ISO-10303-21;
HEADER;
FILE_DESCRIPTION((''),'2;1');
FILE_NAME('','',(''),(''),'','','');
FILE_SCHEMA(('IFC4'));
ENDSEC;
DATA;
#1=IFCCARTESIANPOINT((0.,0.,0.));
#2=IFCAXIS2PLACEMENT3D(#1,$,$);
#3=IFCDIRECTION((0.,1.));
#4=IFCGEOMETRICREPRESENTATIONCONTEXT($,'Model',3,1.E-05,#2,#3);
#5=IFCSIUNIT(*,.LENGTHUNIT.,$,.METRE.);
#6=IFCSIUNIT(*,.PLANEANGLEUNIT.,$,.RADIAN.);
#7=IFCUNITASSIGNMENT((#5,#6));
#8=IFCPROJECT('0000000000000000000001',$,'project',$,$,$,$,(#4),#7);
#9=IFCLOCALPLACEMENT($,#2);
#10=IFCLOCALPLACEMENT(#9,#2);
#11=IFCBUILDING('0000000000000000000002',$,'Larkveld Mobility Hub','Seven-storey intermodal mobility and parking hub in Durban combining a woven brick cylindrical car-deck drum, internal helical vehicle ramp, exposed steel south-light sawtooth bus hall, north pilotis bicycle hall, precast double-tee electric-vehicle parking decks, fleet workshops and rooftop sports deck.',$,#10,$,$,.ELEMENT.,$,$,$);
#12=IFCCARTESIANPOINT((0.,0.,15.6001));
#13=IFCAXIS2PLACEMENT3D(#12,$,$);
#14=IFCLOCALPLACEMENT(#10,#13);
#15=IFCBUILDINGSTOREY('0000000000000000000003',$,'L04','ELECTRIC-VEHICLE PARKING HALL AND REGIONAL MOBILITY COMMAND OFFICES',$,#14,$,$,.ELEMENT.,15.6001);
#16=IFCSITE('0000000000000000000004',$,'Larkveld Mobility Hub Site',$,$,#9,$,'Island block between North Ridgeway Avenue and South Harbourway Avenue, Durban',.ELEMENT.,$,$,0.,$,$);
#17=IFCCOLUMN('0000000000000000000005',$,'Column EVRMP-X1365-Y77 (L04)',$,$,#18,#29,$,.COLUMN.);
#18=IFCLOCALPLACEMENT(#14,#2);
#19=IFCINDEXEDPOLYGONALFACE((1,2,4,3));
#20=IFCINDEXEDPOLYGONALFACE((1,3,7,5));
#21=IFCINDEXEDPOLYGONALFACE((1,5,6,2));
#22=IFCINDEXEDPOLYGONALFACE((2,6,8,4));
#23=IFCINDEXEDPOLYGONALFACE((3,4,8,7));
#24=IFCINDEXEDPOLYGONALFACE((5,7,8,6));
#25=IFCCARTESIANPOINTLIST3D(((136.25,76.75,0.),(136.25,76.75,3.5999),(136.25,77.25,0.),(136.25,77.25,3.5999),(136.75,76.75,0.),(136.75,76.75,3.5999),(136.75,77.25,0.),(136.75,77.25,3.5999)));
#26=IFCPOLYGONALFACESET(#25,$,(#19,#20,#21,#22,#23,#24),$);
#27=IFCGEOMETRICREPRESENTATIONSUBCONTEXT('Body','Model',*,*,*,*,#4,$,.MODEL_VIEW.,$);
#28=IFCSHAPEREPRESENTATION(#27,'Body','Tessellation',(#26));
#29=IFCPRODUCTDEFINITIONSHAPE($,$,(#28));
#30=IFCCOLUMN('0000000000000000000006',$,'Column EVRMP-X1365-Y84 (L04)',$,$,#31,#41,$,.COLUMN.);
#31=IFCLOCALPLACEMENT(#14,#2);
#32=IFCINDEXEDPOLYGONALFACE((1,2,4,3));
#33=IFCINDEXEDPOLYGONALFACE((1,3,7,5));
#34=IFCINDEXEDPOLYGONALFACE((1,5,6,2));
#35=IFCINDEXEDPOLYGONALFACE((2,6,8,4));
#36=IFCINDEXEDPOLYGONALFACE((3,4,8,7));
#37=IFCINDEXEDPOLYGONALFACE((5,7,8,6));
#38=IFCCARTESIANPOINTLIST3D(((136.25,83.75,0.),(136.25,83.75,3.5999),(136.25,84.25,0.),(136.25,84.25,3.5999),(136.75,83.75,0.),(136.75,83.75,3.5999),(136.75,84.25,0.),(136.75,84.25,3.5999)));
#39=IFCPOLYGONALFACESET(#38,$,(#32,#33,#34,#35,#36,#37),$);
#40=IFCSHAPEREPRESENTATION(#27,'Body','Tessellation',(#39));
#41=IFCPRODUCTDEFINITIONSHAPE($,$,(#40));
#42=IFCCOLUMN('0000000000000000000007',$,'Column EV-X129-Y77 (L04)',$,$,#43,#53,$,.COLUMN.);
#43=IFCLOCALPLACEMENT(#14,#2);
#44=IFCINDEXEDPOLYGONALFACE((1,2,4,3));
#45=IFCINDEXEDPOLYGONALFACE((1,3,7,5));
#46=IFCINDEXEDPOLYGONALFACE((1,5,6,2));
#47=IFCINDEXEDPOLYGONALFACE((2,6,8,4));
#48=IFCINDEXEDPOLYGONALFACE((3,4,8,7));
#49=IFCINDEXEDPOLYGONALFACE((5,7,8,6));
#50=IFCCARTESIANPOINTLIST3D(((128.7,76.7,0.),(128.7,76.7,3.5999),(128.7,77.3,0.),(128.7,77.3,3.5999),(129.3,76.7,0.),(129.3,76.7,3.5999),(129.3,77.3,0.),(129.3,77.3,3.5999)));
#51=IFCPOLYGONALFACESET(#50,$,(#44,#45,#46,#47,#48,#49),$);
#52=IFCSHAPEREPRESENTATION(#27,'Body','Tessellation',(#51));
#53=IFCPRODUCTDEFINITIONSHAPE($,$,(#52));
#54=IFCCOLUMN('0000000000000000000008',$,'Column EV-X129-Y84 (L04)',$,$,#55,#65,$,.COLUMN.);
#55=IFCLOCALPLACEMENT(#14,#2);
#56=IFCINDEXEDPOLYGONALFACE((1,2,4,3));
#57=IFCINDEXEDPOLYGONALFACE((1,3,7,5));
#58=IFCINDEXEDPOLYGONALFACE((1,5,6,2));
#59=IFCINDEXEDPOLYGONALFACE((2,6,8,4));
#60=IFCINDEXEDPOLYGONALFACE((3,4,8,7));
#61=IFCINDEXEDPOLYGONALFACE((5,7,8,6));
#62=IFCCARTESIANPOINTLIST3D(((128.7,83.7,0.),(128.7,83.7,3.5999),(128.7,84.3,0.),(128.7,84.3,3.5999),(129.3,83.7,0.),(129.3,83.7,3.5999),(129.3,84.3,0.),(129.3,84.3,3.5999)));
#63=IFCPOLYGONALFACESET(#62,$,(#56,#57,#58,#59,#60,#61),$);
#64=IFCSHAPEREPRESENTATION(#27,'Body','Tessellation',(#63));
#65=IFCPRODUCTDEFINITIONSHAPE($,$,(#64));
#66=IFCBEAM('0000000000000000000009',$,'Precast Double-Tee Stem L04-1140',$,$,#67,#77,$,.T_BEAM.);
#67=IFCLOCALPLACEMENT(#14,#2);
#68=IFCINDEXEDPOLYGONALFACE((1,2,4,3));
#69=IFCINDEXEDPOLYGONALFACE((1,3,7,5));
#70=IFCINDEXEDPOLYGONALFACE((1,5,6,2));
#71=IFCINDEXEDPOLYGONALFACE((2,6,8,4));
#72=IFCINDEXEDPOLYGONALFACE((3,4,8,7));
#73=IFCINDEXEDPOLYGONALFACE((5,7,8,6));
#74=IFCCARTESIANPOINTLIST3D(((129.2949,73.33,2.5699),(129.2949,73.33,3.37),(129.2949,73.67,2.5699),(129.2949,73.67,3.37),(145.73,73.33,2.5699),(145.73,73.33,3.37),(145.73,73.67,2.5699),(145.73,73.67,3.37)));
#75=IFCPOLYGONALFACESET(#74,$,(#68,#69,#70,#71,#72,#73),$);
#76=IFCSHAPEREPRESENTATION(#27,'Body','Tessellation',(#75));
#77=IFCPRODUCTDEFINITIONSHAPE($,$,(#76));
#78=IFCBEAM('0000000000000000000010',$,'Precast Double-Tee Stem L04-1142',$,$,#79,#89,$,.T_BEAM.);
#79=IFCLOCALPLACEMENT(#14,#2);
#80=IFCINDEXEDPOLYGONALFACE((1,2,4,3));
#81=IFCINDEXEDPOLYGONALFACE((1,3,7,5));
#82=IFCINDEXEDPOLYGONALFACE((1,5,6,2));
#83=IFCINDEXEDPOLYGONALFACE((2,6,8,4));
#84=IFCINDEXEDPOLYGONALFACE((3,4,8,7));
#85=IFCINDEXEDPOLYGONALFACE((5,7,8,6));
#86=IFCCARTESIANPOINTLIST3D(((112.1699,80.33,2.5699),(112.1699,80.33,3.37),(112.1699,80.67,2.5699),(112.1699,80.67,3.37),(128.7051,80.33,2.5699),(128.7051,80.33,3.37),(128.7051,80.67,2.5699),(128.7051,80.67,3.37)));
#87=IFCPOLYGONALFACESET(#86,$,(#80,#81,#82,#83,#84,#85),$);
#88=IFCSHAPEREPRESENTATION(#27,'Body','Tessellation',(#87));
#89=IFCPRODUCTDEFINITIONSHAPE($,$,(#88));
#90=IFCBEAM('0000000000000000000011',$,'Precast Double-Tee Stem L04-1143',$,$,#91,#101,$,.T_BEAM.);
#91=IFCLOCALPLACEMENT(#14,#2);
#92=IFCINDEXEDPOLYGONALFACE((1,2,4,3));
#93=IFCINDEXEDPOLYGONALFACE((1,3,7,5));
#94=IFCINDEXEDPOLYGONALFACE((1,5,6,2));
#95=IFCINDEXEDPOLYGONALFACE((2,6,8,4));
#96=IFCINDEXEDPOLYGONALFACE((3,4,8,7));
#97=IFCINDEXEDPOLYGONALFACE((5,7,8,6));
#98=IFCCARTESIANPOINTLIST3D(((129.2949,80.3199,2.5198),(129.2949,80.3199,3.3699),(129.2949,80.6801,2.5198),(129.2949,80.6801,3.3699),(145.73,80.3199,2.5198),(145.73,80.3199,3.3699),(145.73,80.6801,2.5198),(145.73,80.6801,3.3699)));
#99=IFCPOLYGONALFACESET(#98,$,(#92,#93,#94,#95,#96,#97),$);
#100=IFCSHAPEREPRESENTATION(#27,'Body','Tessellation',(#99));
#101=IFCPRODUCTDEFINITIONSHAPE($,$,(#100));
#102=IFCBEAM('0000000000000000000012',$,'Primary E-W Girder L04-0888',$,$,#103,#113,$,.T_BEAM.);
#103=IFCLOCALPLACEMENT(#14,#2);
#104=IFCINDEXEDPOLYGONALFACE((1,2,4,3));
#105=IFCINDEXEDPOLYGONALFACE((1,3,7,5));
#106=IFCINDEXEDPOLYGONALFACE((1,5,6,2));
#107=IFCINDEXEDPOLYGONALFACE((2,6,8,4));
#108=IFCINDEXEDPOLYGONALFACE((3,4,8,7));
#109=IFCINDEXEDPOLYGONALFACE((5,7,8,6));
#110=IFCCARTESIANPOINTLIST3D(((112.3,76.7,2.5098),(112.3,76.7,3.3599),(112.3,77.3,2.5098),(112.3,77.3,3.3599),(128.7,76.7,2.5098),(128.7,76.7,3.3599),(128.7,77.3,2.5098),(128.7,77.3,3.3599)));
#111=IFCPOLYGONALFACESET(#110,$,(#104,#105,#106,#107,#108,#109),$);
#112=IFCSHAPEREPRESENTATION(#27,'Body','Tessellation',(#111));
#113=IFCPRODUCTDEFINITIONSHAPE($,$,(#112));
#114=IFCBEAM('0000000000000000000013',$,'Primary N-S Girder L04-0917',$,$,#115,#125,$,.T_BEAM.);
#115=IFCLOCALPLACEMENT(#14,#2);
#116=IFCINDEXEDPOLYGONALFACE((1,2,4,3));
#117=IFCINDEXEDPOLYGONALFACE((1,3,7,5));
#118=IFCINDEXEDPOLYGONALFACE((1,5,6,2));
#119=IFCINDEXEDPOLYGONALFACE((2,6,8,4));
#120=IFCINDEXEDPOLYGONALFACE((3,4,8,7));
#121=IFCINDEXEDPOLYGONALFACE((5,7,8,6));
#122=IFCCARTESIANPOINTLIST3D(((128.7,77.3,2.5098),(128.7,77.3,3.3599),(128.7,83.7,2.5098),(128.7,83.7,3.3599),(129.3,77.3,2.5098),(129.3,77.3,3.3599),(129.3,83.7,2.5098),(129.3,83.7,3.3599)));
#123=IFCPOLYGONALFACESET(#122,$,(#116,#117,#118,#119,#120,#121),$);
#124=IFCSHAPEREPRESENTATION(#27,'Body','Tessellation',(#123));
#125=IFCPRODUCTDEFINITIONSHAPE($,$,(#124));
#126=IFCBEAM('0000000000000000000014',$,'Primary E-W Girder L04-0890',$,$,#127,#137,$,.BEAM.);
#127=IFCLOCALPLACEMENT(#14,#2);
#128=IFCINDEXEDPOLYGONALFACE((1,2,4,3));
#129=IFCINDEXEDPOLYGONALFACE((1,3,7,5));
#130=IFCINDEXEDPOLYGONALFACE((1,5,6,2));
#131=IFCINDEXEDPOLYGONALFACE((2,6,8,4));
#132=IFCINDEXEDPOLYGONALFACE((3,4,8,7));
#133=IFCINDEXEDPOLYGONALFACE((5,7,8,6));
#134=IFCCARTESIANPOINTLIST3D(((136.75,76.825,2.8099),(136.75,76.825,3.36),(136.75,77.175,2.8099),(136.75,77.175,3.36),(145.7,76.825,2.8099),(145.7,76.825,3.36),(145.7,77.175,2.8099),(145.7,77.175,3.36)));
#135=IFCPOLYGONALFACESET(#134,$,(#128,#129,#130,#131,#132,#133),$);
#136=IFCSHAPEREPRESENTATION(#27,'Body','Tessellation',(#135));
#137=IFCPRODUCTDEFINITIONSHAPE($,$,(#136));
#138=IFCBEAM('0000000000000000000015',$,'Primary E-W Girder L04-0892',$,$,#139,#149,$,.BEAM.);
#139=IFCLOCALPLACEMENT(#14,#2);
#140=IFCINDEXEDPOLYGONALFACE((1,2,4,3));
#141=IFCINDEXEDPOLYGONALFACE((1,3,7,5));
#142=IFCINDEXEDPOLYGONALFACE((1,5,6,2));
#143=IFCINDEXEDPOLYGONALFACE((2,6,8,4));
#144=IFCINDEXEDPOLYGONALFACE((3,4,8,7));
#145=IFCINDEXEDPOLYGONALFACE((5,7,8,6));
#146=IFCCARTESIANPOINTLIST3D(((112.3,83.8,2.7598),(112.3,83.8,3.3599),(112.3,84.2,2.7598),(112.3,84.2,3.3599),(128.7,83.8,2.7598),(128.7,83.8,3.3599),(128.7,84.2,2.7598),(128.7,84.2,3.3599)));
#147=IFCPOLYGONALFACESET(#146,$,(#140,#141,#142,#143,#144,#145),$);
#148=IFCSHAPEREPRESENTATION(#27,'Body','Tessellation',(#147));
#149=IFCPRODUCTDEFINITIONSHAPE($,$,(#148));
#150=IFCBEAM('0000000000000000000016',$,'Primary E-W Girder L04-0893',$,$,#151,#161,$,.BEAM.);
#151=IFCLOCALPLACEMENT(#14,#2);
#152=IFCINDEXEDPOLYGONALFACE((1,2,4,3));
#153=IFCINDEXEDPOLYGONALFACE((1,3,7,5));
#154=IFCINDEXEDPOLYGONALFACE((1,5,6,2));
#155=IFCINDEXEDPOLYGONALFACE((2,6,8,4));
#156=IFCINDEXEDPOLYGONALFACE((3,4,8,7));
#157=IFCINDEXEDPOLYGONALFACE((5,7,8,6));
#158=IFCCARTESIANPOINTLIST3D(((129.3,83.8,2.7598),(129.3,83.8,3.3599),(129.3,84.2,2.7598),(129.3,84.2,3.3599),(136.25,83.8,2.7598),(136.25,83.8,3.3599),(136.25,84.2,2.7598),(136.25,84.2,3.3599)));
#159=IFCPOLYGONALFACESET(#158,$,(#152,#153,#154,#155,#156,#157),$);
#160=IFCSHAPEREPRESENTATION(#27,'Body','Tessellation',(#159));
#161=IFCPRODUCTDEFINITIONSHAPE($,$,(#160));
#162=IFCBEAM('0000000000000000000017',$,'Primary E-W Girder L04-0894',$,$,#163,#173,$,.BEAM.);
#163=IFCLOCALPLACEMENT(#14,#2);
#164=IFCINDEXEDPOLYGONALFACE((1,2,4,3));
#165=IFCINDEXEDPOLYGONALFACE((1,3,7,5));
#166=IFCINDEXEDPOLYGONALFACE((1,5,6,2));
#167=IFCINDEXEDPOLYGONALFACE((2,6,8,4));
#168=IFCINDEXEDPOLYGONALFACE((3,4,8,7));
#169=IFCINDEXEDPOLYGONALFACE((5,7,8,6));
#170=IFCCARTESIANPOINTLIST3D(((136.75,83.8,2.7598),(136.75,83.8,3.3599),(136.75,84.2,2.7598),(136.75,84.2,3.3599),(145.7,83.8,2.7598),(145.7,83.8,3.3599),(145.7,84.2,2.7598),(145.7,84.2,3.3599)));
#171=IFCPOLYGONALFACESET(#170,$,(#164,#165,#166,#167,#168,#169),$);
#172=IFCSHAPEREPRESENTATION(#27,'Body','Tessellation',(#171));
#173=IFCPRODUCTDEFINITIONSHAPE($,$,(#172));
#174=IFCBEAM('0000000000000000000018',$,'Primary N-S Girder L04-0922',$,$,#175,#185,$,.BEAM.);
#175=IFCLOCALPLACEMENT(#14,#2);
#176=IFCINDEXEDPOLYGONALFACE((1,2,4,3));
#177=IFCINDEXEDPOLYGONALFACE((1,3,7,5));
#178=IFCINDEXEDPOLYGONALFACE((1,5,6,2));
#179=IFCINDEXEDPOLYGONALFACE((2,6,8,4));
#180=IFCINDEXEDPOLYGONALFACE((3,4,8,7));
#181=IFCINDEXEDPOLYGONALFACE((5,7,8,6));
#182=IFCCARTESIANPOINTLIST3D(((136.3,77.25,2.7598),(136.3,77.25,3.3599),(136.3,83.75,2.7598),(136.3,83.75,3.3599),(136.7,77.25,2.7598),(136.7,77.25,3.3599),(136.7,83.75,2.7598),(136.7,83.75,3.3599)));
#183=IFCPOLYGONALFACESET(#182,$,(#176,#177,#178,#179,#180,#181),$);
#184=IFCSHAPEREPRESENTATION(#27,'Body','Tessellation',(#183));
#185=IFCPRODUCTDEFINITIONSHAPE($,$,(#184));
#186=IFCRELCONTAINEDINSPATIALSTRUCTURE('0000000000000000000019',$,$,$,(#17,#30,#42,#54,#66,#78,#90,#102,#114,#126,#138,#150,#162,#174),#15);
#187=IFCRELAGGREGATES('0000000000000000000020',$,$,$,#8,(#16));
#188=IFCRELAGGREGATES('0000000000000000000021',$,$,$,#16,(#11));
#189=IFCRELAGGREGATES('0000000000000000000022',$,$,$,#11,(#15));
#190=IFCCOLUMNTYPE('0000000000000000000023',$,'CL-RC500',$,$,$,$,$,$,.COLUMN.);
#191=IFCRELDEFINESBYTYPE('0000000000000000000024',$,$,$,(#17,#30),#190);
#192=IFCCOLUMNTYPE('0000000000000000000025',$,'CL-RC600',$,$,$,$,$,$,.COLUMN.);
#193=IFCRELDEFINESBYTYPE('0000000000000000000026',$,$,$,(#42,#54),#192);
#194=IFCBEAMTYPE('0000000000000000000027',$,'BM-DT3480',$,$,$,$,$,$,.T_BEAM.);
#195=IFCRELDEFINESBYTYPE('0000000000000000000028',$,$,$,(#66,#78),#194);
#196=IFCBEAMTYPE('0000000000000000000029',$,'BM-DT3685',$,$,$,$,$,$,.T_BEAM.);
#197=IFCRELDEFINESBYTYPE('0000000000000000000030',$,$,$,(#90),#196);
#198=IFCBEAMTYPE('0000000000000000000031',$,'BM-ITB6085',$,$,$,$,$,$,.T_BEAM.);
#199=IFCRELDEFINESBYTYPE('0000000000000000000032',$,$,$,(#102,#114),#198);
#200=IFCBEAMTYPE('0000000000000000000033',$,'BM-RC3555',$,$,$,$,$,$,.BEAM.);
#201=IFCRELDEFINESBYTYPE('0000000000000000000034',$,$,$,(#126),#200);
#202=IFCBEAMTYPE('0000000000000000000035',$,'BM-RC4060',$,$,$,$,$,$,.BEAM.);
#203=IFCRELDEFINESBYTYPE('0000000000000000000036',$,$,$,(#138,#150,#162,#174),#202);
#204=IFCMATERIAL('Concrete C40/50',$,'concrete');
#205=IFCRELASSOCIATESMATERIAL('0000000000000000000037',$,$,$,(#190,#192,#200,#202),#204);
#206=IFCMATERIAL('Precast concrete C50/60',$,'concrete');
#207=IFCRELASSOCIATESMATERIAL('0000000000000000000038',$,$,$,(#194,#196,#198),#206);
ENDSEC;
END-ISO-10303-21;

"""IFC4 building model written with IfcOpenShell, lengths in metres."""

from ifc_helpers import new_model, si_unit, direction, frame, origin, origin_2d, place, context, subcontext, project, spatial, rectangle, extrude, material, material_profile, profile_set, type_object, element, save


model = new_model("IFC4")

# Units and contexts
model_context = context("Model", 3, precision=1e-05, world=origin(), true_north=direction((0.0, 1.0)))
body_context = subcontext(model_context, "Body", "Model", "MODEL_VIEW")
ifc_project = project(units=[si_unit("LENGTHUNIT", "METRE"), si_unit("PLANEANGLEUNIT", "RADIAN")], contexts=[model_context])

# Site, building, storey
site_placement = place(None, origin())
site = spatial("IfcSite", under=ifc_project, at=site_placement, Name="Larkveld Mobility Hub Site", LongName="Island block between North Ridgeway Avenue and South Harbourway Avenue, Durban", CompositionType="ELEMENT", RefElevation=0.0)
building_placement = place(site_placement, origin())
building = spatial("IfcBuilding", under=site, at=building_placement, Name="Larkveld Mobility Hub", Description="Seven-storey intermodal mobility and parking hub in Durban combining a woven brick cylindrical car-deck drum, internal helical vehicle ramp, exposed steel south-light sawtooth bus hall, north pilotis bicycle hall, precast double-tee electric-vehicle parking decks, fleet workshops and rooftop sports deck.", CompositionType="ELEMENT")
storey_placement = place(building_placement, frame((0.0, 0.0, 15.6001)))
storey = spatial("IfcBuildingStorey", under=building, at=storey_placement, Name="L04", Description="ELECTRIC-VEHICLE PARKING HALL AND REGIONAL MOBILITY COMMAND OFFICES", CompositionType="ELEMENT", Elevation=15.6001)

# Columns
ifc_material_1 = material(Name="Concrete C40/50", Category="concrete")
ifc_material_profile_1 = material_profile(ifc_material_1, rectangle(XDim=0.5, YDim=0.5, at=origin_2d()), Name="RC COL 500x500")
ifc_profile_set_1 = profile_set([ifc_material_profile_1], Name="Concrete C40/50")
column_type_1 = type_object("IfcColumnType", Name="CL-RC500", PredefinedType="COLUMN", material=ifc_profile_set_1)
for number, where, z_axis, x_axis, name in (
    (1, (136.5, 77.0, 0.0), (0.0, 0.0, 1.0), (1.0, 0.0, 0.0), "Column EVRMP-X1365-Y77 (L04)"),
    (2, (136.5, 84.0, 0.0), (0.0, 0.0, 1.0), (1.0, 0.0, 0.0), "Column EVRMP-X1365-Y84 (L04)"),
):
    element("IfcColumn", number, at=place(storey_placement, frame(where, z_axis=z_axis, x_axis=x_axis)), inside=storey, type_object=column_type_1, Name=name, PredefinedType="COLUMN", context=body_context, shape_type="SweptSolid", body=[
        extrude(rectangle(XDim=0.5, YDim=0.5, at=origin_2d()), origin(), (0.0, 0.0, 1.0), 3.5999),
    ])
ifc_material_profile_2 = material_profile(ifc_material_1, rectangle(XDim=0.6001, YDim=0.6001, at=origin_2d()), Name="RC COL 600x600")
ifc_profile_set_2 = profile_set([ifc_material_profile_2], Name="Concrete C40/50")
column_type_2 = type_object("IfcColumnType", Name="CL-RC600", PredefinedType="COLUMN", material=ifc_profile_set_2)
for number, where, z_axis, x_axis, name in (
    (3, (129.0, 77.0, 0.0), (0.0, 0.0, 1.0), (1.0, 0.0, 0.0), "Column EV-X129-Y77 (L04)"),
    (4, (129.0, 84.0, 0.0), (0.0, 0.0, 1.0), (1.0, 0.0, 0.0), "Column EV-X129-Y84 (L04)"),
):
    element("IfcColumn", number, at=place(storey_placement, frame(where, z_axis=z_axis, x_axis=x_axis)), inside=storey, type_object=column_type_2, Name=name, PredefinedType="COLUMN", context=body_context, shape_type="SweptSolid", body=[
        extrude(rectangle(XDim=0.6001, YDim=0.6001, at=origin_2d()), origin(), (0.0, 0.0, 1.0), 3.5999),
    ])

# Beams
ifc_material_2 = material(Name="Precast concrete C50/60", Category="concrete")
ifc_material_profile_3 = material_profile(ifc_material_2, rectangle(XDim=0.3401, YDim=0.8, at=origin_2d()), Name="PC DT 340x800")
ifc_profile_set_3 = profile_set([ifc_material_profile_3], Name="Precast concrete C50/60")
beam_type_1 = type_object("IfcBeamType", Name="BM-DT3480", PredefinedType="T_BEAM", material=ifc_profile_set_3)
beam_1_placement = place(storey_placement, frame((129.2949, 73.5, 2.97), z_axis=(1.0, 0.0, 0.0), x_axis=(0.0, 1.0, 0.0)))
element("IfcBeam", 5, at=beam_1_placement, inside=storey, type_object=beam_type_1, Name="Precast Double-Tee Stem L04-1140", PredefinedType="T_BEAM", context=body_context, shape_type="SweptSolid", body=[
    extrude(rectangle(XDim=0.3401, YDim=0.8, at=origin_2d()), origin(), (0.0, 0.0, 1.0), 16.4351),
])
beam_2_placement = place(storey_placement, frame((112.1699, 80.5, 2.97), z_axis=(1.0, 0.0, 0.0), x_axis=(0.0, 1.0, 0.0)))
element("IfcBeam", 6, at=beam_2_placement, inside=storey, type_object=beam_type_1, Name="Precast Double-Tee Stem L04-1142", PredefinedType="T_BEAM", context=body_context, shape_type="SweptSolid", body=[
    extrude(rectangle(XDim=0.3401, YDim=0.8, at=origin_2d()), origin(), (0.0, 0.0, 1.0), 16.5352),
])
ifc_material_profile_4 = material_profile(ifc_material_2, rectangle(XDim=0.3601, YDim=0.8501, at=origin_2d()), Name="PC DT 360x850")
ifc_profile_set_4 = profile_set([ifc_material_profile_4], Name="Precast concrete C50/60")
beam_type_2 = type_object("IfcBeamType", Name="BM-DT3685", PredefinedType="T_BEAM", material=ifc_profile_set_4)
beam_3_placement = place(storey_placement, frame((129.2949, 80.5, 2.9448), z_axis=(1.0, 0.0, 0.0), x_axis=(0.0, 1.0, 0.0)))
element("IfcBeam", 7, at=beam_3_placement, inside=storey, type_object=beam_type_2, Name="Precast Double-Tee Stem L04-1143", PredefinedType="T_BEAM", context=body_context, shape_type="SweptSolid", body=[
    extrude(rectangle(XDim=0.3601, YDim=0.8501, at=origin_2d()), origin(), (0.0, 0.0, 1.0), 16.4351),
])
ifc_material_profile_5 = material_profile(ifc_material_2, rectangle(XDim=0.6001, YDim=0.8501, at=origin_2d()), Name="PC ITB 600x850")
ifc_profile_set_5 = profile_set([ifc_material_profile_5], Name="Precast concrete C50/60")
beam_type_3 = type_object("IfcBeamType", Name="BM-ITB6085", PredefinedType="T_BEAM", material=ifc_profile_set_5)
beam_4_placement = place(storey_placement, frame((112.3, 77.0, 2.9348), z_axis=(1.0, 0.0, 0.0), x_axis=(0.0, 1.0, 0.0)))
element("IfcBeam", 8, at=beam_4_placement, inside=storey, type_object=beam_type_3, Name="Primary E-W Girder L04-0888", PredefinedType="T_BEAM", context=body_context, shape_type="SweptSolid", body=[
    extrude(rectangle(XDim=0.6001, YDim=0.8501, at=origin_2d()), origin(), (0.0, 0.0, 1.0), 16.3999),
])
beam_5_placement = place(storey_placement, frame((129.0, 77.3, 2.9348), z_axis=(0.0, 1.0, 0.0), x_axis=(-1.0, 0.0, 0.0)))
element("IfcBeam", 9, at=beam_5_placement, inside=storey, type_object=beam_type_3, Name="Primary N-S Girder L04-0917", PredefinedType="T_BEAM", context=body_context, shape_type="SweptSolid", body=[
    extrude(rectangle(XDim=0.6001, YDim=0.8501, at=origin_2d()), origin(), (0.0, 0.0, 1.0), 6.3999),
])
ifc_material_profile_6 = material_profile(ifc_material_1, rectangle(XDim=0.3501, YDim=0.55, at=origin_2d()), Name="RC BM 350x550")
ifc_profile_set_6 = profile_set([ifc_material_profile_6], Name="Concrete C40/50")
beam_type_4 = type_object("IfcBeamType", Name="BM-RC3555", PredefinedType="BEAM", material=ifc_profile_set_6)
beam_6_placement = place(storey_placement, frame((136.75, 77.0, 3.085), z_axis=(1.0, 0.0, 0.0), x_axis=(0.0, 1.0, 0.0)))
element("IfcBeam", 10, at=beam_6_placement, inside=storey, type_object=beam_type_4, Name="Primary E-W Girder L04-0890", PredefinedType="BEAM", context=body_context, shape_type="SweptSolid", body=[
    extrude(rectangle(XDim=0.3501, YDim=0.55, at=origin_2d()), origin(), (0.0, 0.0, 1.0), 8.95),
])
ifc_material_profile_7 = material_profile(ifc_material_1, rectangle(XDim=0.3999, YDim=0.6001, at=origin_2d()), Name="RC BM 400x600")
ifc_profile_set_7 = profile_set([ifc_material_profile_7], Name="Concrete C40/50")
beam_type_5 = type_object("IfcBeamType", Name="BM-RC4060", PredefinedType="BEAM", material=ifc_profile_set_7)
beam_7_placement = place(storey_placement, frame((112.3, 84.0, 3.0598), z_axis=(1.0, 0.0, 0.0), x_axis=(0.0, 1.0, 0.0)))
element("IfcBeam", 11, at=beam_7_placement, inside=storey, type_object=beam_type_5, Name="Primary E-W Girder L04-0892", PredefinedType="BEAM", context=body_context, shape_type="SweptSolid", body=[
    extrude(rectangle(XDim=0.3999, YDim=0.6001, at=origin_2d()), origin(), (0.0, 0.0, 1.0), 16.3999),
])
beam_8_placement = place(storey_placement, frame((129.3, 84.0, 3.0598), z_axis=(1.0, 0.0, 0.0), x_axis=(0.0, 1.0, 0.0)))
element("IfcBeam", 12, at=beam_8_placement, inside=storey, type_object=beam_type_5, Name="Primary E-W Girder L04-0893", PredefinedType="BEAM", context=body_context, shape_type="SweptSolid", body=[
    extrude(rectangle(XDim=0.3999, YDim=0.6001, at=origin_2d()), origin(), (0.0, 0.0, 1.0), 6.95),
])
beam_9_placement = place(storey_placement, frame((136.75, 84.0, 3.0598), z_axis=(1.0, 0.0, 0.0), x_axis=(0.0, 1.0, 0.0)))
element("IfcBeam", 13, at=beam_9_placement, inside=storey, type_object=beam_type_5, Name="Primary E-W Girder L04-0894", PredefinedType="BEAM", context=body_context, shape_type="SweptSolid", body=[
    extrude(rectangle(XDim=0.3999, YDim=0.6001, at=origin_2d()), origin(), (0.0, 0.0, 1.0), 8.95),
])
beam_10_placement = place(storey_placement, frame((136.5, 77.25, 3.0598), z_axis=(0.0, 1.0, 0.0), x_axis=(-1.0, 0.0, 0.0)))
element("IfcBeam", 14, at=beam_10_placement, inside=storey, type_object=beam_type_5, Name="Primary N-S Girder L04-0922", PredefinedType="BEAM", context=body_context, shape_type="SweptSolid", body=[
    extrude(rectangle(XDim=0.3999, YDim=0.6001, at=origin_2d()), origin(), (0.0, 0.0, 1.0), 6.5),
])

save(model, "model.ifc")
